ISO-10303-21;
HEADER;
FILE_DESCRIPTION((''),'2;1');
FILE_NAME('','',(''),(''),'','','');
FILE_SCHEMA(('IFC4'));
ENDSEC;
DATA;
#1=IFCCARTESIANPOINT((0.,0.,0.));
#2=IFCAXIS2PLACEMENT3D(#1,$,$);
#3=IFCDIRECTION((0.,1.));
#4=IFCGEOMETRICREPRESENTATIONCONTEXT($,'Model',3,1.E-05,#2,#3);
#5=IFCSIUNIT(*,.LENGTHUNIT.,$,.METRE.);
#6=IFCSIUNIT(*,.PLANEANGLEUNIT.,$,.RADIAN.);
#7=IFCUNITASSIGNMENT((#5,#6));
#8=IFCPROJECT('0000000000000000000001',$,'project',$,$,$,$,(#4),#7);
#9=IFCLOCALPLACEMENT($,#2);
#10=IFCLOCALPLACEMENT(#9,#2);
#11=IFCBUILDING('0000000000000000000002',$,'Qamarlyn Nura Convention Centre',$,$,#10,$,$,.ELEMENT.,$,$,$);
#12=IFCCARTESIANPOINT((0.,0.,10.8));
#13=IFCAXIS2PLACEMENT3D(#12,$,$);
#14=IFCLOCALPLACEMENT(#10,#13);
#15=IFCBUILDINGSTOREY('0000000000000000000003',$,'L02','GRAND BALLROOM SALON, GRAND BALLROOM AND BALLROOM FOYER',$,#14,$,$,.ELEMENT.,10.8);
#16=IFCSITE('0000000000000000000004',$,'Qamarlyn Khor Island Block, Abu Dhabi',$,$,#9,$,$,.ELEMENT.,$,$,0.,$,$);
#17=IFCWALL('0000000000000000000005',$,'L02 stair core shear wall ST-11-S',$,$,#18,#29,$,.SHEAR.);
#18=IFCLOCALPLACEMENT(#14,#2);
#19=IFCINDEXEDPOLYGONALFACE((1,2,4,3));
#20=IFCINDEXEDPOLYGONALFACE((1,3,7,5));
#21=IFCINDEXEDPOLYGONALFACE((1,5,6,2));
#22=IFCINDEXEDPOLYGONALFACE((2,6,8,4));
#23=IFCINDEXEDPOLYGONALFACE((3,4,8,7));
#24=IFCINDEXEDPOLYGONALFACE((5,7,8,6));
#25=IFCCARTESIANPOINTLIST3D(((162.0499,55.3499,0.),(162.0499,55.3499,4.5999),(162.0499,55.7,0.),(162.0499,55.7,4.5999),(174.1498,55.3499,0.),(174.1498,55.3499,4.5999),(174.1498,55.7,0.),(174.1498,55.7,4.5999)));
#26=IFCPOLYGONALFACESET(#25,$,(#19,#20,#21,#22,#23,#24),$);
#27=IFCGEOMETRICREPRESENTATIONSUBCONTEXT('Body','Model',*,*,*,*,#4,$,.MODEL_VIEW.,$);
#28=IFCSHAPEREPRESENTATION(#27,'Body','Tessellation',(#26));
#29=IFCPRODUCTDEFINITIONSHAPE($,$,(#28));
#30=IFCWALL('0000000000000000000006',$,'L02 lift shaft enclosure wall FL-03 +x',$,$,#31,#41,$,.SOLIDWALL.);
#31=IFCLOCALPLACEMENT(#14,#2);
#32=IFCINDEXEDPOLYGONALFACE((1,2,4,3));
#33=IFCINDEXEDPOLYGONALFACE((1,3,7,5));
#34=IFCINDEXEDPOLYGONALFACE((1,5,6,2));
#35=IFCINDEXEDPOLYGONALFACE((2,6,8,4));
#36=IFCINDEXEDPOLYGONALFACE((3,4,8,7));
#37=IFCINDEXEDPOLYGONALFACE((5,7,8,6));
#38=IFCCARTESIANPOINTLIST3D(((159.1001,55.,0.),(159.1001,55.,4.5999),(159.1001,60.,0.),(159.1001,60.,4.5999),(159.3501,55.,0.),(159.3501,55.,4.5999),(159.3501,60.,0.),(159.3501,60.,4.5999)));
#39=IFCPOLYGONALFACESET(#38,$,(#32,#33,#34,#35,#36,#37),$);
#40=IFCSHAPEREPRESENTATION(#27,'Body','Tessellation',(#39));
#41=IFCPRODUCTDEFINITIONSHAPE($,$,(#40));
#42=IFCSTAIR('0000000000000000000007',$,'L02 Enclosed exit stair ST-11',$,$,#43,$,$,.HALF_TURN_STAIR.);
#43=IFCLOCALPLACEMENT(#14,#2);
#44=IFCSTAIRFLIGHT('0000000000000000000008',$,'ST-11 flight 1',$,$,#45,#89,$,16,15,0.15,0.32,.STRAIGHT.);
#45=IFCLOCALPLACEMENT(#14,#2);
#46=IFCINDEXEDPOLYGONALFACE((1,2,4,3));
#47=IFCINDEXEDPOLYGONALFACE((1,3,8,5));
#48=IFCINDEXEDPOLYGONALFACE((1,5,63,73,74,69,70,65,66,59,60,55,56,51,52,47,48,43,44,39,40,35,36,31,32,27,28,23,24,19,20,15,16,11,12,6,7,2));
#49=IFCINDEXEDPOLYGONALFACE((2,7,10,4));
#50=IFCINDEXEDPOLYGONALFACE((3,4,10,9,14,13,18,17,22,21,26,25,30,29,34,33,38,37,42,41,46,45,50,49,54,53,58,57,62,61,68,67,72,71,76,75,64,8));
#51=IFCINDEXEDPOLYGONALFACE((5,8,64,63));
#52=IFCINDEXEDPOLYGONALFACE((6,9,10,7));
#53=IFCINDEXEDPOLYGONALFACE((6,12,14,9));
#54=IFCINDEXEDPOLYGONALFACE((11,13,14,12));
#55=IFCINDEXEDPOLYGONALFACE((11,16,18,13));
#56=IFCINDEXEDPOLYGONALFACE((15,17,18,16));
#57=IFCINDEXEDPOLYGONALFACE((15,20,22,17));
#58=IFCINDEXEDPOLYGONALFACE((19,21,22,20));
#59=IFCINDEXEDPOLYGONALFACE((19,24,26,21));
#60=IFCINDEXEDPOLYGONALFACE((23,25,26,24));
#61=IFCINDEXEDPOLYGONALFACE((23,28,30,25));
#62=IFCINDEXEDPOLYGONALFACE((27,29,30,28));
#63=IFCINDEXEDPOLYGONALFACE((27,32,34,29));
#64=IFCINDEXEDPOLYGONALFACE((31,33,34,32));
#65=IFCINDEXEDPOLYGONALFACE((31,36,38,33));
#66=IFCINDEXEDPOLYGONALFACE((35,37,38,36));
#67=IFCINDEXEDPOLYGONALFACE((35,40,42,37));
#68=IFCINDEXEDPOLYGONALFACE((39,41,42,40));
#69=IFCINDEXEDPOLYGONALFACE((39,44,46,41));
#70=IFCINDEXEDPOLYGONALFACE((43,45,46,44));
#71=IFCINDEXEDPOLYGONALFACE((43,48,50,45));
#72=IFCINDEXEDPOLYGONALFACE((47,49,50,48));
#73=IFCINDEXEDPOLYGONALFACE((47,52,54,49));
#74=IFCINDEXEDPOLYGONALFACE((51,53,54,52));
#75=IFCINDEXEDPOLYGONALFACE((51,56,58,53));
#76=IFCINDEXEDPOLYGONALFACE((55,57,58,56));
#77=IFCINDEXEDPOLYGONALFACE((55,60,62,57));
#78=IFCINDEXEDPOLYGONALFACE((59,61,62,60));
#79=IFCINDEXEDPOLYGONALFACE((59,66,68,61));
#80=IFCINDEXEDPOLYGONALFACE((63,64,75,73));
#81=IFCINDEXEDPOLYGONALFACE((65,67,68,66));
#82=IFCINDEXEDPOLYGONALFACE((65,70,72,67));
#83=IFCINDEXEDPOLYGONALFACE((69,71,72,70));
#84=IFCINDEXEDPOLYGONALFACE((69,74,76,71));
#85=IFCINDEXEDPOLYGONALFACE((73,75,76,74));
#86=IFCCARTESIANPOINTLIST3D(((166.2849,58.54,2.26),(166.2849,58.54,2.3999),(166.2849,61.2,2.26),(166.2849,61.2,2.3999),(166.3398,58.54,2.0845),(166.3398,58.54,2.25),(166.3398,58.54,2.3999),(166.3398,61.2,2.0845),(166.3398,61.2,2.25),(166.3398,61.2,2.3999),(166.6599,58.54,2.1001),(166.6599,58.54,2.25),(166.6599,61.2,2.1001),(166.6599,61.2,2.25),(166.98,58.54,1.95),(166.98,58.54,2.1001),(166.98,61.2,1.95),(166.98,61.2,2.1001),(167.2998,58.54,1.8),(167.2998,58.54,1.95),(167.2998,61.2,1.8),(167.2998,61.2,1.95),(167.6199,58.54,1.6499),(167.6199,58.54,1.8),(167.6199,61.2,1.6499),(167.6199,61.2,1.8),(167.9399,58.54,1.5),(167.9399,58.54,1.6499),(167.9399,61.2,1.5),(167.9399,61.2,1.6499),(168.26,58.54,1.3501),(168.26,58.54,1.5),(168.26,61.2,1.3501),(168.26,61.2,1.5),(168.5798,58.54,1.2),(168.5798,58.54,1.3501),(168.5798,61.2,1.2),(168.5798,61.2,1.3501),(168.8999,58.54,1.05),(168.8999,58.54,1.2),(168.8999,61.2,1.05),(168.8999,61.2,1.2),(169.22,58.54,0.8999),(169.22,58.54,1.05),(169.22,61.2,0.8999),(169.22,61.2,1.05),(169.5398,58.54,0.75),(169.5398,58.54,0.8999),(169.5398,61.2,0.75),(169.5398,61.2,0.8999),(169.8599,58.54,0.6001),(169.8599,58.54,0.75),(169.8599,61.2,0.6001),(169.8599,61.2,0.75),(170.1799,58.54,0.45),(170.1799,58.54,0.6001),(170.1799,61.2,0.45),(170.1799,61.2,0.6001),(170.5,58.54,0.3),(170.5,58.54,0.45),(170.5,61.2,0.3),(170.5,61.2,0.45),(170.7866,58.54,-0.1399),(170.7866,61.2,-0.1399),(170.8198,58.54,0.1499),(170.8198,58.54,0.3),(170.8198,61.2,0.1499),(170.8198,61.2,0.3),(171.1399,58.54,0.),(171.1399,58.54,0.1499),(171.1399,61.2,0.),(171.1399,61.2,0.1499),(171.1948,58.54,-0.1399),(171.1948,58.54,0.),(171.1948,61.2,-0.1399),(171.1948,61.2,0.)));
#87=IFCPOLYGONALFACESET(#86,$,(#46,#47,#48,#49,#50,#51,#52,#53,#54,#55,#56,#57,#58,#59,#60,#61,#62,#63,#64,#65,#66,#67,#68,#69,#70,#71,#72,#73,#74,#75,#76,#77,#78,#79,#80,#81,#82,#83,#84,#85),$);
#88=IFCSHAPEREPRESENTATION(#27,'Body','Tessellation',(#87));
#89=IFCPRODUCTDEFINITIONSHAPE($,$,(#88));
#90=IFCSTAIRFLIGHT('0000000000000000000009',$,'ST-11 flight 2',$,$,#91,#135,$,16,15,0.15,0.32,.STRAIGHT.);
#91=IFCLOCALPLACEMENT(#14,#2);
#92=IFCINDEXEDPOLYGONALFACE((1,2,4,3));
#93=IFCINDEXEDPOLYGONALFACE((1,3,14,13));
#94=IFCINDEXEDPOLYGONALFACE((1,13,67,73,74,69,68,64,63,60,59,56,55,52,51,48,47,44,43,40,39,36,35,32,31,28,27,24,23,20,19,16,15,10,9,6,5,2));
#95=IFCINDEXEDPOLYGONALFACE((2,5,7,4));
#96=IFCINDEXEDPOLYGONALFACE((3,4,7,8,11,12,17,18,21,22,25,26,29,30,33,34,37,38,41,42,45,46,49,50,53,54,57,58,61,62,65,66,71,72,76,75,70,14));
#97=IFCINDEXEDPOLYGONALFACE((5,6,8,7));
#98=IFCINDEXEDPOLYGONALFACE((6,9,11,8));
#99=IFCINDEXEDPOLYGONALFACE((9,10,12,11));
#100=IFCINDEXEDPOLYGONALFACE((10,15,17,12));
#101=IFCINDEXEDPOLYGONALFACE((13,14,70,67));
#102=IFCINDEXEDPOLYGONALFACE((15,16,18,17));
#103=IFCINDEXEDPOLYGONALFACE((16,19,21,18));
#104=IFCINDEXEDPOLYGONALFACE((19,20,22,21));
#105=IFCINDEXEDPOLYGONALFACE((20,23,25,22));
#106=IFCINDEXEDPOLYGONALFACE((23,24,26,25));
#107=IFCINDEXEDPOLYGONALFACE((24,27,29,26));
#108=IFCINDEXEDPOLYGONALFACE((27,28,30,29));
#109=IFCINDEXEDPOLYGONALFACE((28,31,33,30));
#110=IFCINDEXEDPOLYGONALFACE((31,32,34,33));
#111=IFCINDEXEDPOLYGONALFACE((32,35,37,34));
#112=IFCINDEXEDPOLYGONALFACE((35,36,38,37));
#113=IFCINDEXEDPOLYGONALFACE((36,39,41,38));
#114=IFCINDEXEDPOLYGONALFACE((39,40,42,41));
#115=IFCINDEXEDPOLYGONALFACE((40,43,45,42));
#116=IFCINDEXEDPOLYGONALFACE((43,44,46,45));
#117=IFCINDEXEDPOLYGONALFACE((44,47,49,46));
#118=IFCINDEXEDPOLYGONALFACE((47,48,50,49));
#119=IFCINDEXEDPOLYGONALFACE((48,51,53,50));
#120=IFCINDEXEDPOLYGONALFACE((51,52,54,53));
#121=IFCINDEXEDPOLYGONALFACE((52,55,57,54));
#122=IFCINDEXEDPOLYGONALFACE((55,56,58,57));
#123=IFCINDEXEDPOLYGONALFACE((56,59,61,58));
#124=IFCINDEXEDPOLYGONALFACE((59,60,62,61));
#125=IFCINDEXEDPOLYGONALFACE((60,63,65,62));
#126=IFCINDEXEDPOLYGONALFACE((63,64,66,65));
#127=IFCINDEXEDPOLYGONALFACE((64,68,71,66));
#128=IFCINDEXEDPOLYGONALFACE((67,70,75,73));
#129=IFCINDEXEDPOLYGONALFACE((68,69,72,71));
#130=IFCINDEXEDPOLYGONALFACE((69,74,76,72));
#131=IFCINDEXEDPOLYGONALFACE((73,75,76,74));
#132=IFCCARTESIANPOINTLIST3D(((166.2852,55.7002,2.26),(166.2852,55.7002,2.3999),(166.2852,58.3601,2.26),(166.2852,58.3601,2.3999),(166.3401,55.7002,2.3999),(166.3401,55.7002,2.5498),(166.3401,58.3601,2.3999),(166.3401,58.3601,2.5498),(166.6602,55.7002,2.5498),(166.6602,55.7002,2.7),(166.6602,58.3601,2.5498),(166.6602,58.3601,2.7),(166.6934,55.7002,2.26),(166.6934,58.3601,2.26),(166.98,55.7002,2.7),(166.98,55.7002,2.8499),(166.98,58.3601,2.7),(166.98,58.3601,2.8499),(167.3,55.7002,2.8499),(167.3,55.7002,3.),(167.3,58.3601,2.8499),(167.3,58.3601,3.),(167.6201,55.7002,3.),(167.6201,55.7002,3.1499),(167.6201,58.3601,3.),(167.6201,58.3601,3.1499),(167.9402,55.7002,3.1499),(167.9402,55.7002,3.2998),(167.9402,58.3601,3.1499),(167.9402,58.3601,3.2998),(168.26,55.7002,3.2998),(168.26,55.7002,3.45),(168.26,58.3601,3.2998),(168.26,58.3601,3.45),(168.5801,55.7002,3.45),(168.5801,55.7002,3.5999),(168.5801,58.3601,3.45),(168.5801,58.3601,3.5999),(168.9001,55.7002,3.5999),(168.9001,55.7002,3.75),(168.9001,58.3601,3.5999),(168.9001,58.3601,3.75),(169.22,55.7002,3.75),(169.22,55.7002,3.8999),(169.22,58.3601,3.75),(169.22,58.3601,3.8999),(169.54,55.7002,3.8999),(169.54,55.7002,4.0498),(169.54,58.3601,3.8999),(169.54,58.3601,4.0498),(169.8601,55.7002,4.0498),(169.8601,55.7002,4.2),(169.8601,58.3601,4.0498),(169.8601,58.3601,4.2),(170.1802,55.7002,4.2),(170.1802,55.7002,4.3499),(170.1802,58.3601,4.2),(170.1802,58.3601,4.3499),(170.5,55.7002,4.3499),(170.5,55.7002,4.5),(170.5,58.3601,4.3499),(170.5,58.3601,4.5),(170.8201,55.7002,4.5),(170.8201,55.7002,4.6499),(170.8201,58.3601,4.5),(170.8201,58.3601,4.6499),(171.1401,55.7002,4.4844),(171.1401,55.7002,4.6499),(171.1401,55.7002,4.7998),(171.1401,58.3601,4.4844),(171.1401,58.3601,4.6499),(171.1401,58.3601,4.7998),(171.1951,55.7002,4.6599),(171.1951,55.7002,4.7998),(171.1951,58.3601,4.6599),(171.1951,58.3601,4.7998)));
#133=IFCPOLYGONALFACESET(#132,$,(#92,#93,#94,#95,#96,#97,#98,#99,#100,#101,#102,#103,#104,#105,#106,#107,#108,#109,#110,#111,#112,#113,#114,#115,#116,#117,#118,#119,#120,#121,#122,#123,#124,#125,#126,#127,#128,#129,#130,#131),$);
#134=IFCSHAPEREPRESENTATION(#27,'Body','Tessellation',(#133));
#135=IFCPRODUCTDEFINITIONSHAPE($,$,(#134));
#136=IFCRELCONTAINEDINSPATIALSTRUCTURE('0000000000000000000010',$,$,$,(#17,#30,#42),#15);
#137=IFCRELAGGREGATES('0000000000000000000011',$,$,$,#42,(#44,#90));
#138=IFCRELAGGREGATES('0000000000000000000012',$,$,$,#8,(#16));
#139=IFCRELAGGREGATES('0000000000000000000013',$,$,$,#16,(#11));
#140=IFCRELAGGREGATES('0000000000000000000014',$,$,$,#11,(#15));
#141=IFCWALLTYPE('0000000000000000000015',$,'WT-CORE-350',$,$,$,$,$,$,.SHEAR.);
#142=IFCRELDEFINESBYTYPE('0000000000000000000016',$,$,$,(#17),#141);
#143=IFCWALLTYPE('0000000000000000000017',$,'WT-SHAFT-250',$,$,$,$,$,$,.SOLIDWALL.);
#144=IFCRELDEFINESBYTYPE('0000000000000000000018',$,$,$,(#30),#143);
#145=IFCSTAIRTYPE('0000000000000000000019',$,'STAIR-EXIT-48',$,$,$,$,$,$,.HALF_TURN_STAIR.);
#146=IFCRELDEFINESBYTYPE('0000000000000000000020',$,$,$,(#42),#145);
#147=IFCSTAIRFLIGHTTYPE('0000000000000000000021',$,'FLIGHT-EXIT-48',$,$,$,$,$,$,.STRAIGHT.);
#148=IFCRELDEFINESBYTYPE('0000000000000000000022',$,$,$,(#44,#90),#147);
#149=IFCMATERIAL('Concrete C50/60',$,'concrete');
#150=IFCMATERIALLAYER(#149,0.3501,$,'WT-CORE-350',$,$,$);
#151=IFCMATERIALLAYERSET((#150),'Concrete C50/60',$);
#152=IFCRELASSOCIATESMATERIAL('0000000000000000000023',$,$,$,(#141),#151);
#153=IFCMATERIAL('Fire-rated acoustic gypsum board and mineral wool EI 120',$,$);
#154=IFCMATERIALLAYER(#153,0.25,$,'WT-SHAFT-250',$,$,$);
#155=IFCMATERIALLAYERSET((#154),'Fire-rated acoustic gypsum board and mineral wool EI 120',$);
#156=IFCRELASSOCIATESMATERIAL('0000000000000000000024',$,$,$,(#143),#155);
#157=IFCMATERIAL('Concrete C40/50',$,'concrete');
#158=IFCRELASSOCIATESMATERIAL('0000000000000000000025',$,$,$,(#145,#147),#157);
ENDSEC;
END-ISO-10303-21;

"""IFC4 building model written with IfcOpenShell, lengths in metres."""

from ifc_helpers import new_model, si_unit, direction, frame, frame_2d, origin, place, context, subcontext, project, spatial, polyline, rectangle, outline, extrude, material, layer, layer_set, type_object, element, aggregate, save


model = new_model("IFC4")

# Units and contexts
model_context = context("Model", 3, precision=1e-05, world=origin(), true_north=direction((0.0, 1.0)))
body_context = subcontext(model_context, "Body", "Model", "MODEL_VIEW")
ifc_project = project(units=[si_unit("LENGTHUNIT", "METRE"), si_unit("PLANEANGLEUNIT", "RADIAN")], contexts=[model_context])

# Site, building, storey
site_placement = place(None, origin())
site = spatial("IfcSite", under=ifc_project, at=site_placement, Name="Qamarlyn Khor Island Block, Abu Dhabi", CompositionType="ELEMENT", RefElevation=0.0)
building_placement = place(site_placement, origin())
building = spatial("IfcBuilding", under=site, at=building_placement, Name="Qamarlyn Nura Convention Centre", CompositionType="ELEMENT")
storey_placement = place(building_placement, frame((0.0, 0.0, 10.8)))
storey = spatial("IfcBuildingStorey", under=building, at=storey_placement, Name="L02", Description="GRAND BALLROOM SALON, GRAND BALLROOM AND BALLROOM FOYER", CompositionType="ELEMENT", Elevation=10.8)

# Walls
ifc_material_1 = material(Name="Concrete C50/60", Category="concrete")
ifc_layer_1 = layer(ifc_material_1, 0.3501, Name="WT-CORE-350")
ifc_layer_set_1 = layer_set([ifc_layer_1], Name="Concrete C50/60")
wall_type_1 = type_object("IfcWallType", Name="WT-CORE-350", PredefinedType="SHEAR", material=ifc_layer_set_1)
wall_1_placement = place(storey_placement, frame((162.05, 55.5249, 0.0), z_axis=(0.0, 0.0, 1.0), x_axis=(1.0, 0.0, 0.0)))
element("IfcWall", 1, at=wall_1_placement, inside=storey, type_object=wall_type_1, Name="L02 stair core shear wall ST-11-S", PredefinedType="SHEAR", context=body_context, shape_type="SweptSolid", body=[
    extrude(rectangle(XDim=12.0999, YDim=0.3501, at=frame_2d((6.0498, 0.0))), origin(), (0.0, 0.0, 1.0), 4.5999),
])
ifc_material_2 = material(Name="Fire-rated acoustic gypsum board and mineral wool EI 120")
ifc_layer_2 = layer(ifc_material_2, 0.25, Name="WT-SHAFT-250")
ifc_layer_set_2 = layer_set([ifc_layer_2], Name="Fire-rated acoustic gypsum board and mineral wool EI 120")
wall_type_2 = type_object("IfcWallType", Name="WT-SHAFT-250", PredefinedType="SOLIDWALL", material=ifc_layer_set_2)
wall_2_placement = place(storey_placement, frame((159.2251, 55.0, 0.0), z_axis=(0.0, 0.0, 1.0), x_axis=(0.0, 1.0, 0.0)))
element("IfcWall", 2, at=wall_2_placement, inside=storey, type_object=wall_type_2, Name="L02 lift shaft enclosure wall FL-03 +x", PredefinedType="SOLIDWALL", context=body_context, shape_type="SweptSolid", body=[
    extrude(rectangle(XDim=5.0, YDim=0.25, at=frame_2d((2.5, 0.0))), origin(), (0.0, 0.0, 1.0), 4.5999),
])

# Stair, stair flights
ifc_material_3 = material(Name="Concrete C40/50", Category="concrete")
stair_type = type_object("IfcStairType", Name="STAIR-EXIT-48", PredefinedType="HALF_TURN_STAIR", material=ifc_material_3)
stair_placement = place(storey_placement, origin())
stair = element("IfcStair", 3, at=stair_placement, inside=storey, type_object=stair_type, Name="L02 Enclosed exit stair ST-11", PredefinedType="HALF_TURN_STAIR")
stair_flight_type = type_object("IfcStairFlightType", Name="FLIGHT-EXIT-48", PredefinedType="STRAIGHT", material=ifc_material_3)
stair_flight_1_placement = place(storey_placement, frame((171.1399, 59.8701, 0.0), z_axis=(0.0, 0.0, 1.0), x_axis=(-1.0, 0.0, 0.0)))
stair_flight_1 = element("IfcStairFlight", 4, at=stair_flight_1_placement, type_object=stair_flight_type, Name="ST-11 flight 1", NumberOfRisers=16, NumberOfTreads=15, PredefinedType="STRAIGHT", RiserHeight=0.15, TreadLength=0.32, context=body_context, shape_type="SweptSolid", body=[
    extrude(outline(polyline([(-0.0549, 0.0), (0.0, 0.0), (0.0, 0.1499), (0.3201, 0.1499), (0.3201, 0.3), (0.6399, 0.3), (0.6399, 0.45), (0.96, 0.45), (0.96, 0.6001), (1.28, 0.6001), (1.28, 0.75), (1.6001, 0.75), (1.6001, 0.8999), (1.9199, 0.8999), (1.9199, 1.05), (2.24, 1.05), (2.24, 1.2), (2.5601, 1.2), (2.5601, 1.3501), (2.8799, 1.3501), (2.8799, 1.5), (3.2, 1.5), (3.2, 1.6499), (3.52, 1.6499), (3.52, 1.8), (3.8401, 1.8), (3.8401, 1.95), (4.1599, 1.95), (4.1599, 2.1001), (4.48, 2.1001), (4.48, 2.25), (4.8, 2.25), (4.8, 2.3999), (4.855, 2.3999), (4.855, 2.26), (4.8, 2.0845), (0.3533, -0.1399), (-0.0549, -0.1399), (-0.0549, 0.0)])), frame((0.0, 1.3301, 0.0), z_axis=(0.0, -1.0, 0.0), x_axis=(1.0, 0.0, 0.0)), (0.0, 0.0, 1.0), 2.6599),
])
stair_flight_2_placement = place(storey_placement, frame((166.3401, 57.03, 2.3999), z_axis=(0.0, 0.0, 1.0), x_axis=(1.0, 0.0, 0.0)))
stair_flight_2 = element("IfcStairFlight", 5, at=stair_flight_2_placement, type_object=stair_flight_type, Name="ST-11 flight 2", NumberOfRisers=16, NumberOfTreads=15, PredefinedType="STRAIGHT", RiserHeight=0.15, TreadLength=0.32, context=body_context, shape_type="SweptSolid", body=[
    extrude(outline(polyline([(-0.0549, 0.0), (0.0, 0.0), (0.0, 0.1499), (0.3201, 0.1499), (0.3201, 0.3), (0.6399, 0.3), (0.6399, 0.45), (0.96, 0.45), (0.96, 0.6001), (1.28, 0.6001), (1.28, 0.75), (1.6001, 0.75), (1.6001, 0.8999), (1.9199, 0.8999), (1.9199, 1.05), (2.24, 1.05), (2.24, 1.2), (2.5601, 1.2), (2.5601, 1.3501), (2.8799, 1.3501), (2.8799, 1.5), (3.2, 1.5), (3.2, 1.6499), (3.52, 1.6499), (3.52, 1.8), (3.8401, 1.8), (3.8401, 1.95), (4.1599, 1.95), (4.1599, 2.1001), (4.48, 2.1001), (4.48, 2.25), (4.8, 2.25), (4.8, 2.3999), (4.855, 2.3999), (4.855, 2.26), (4.8, 2.0845), (0.3533, -0.1399), (-0.0549, -0.1399), (-0.0549, 0.0)])), frame((0.0, 1.3301, 0.0), z_axis=(0.0, -1.0, 0.0), x_axis=(1.0, 0.0, 0.0)), (0.0, 0.0, 1.0), 2.6599),
])
aggregate(stair, [stair_flight_1, stair_flight_2])

save(model, "model.ifc")
